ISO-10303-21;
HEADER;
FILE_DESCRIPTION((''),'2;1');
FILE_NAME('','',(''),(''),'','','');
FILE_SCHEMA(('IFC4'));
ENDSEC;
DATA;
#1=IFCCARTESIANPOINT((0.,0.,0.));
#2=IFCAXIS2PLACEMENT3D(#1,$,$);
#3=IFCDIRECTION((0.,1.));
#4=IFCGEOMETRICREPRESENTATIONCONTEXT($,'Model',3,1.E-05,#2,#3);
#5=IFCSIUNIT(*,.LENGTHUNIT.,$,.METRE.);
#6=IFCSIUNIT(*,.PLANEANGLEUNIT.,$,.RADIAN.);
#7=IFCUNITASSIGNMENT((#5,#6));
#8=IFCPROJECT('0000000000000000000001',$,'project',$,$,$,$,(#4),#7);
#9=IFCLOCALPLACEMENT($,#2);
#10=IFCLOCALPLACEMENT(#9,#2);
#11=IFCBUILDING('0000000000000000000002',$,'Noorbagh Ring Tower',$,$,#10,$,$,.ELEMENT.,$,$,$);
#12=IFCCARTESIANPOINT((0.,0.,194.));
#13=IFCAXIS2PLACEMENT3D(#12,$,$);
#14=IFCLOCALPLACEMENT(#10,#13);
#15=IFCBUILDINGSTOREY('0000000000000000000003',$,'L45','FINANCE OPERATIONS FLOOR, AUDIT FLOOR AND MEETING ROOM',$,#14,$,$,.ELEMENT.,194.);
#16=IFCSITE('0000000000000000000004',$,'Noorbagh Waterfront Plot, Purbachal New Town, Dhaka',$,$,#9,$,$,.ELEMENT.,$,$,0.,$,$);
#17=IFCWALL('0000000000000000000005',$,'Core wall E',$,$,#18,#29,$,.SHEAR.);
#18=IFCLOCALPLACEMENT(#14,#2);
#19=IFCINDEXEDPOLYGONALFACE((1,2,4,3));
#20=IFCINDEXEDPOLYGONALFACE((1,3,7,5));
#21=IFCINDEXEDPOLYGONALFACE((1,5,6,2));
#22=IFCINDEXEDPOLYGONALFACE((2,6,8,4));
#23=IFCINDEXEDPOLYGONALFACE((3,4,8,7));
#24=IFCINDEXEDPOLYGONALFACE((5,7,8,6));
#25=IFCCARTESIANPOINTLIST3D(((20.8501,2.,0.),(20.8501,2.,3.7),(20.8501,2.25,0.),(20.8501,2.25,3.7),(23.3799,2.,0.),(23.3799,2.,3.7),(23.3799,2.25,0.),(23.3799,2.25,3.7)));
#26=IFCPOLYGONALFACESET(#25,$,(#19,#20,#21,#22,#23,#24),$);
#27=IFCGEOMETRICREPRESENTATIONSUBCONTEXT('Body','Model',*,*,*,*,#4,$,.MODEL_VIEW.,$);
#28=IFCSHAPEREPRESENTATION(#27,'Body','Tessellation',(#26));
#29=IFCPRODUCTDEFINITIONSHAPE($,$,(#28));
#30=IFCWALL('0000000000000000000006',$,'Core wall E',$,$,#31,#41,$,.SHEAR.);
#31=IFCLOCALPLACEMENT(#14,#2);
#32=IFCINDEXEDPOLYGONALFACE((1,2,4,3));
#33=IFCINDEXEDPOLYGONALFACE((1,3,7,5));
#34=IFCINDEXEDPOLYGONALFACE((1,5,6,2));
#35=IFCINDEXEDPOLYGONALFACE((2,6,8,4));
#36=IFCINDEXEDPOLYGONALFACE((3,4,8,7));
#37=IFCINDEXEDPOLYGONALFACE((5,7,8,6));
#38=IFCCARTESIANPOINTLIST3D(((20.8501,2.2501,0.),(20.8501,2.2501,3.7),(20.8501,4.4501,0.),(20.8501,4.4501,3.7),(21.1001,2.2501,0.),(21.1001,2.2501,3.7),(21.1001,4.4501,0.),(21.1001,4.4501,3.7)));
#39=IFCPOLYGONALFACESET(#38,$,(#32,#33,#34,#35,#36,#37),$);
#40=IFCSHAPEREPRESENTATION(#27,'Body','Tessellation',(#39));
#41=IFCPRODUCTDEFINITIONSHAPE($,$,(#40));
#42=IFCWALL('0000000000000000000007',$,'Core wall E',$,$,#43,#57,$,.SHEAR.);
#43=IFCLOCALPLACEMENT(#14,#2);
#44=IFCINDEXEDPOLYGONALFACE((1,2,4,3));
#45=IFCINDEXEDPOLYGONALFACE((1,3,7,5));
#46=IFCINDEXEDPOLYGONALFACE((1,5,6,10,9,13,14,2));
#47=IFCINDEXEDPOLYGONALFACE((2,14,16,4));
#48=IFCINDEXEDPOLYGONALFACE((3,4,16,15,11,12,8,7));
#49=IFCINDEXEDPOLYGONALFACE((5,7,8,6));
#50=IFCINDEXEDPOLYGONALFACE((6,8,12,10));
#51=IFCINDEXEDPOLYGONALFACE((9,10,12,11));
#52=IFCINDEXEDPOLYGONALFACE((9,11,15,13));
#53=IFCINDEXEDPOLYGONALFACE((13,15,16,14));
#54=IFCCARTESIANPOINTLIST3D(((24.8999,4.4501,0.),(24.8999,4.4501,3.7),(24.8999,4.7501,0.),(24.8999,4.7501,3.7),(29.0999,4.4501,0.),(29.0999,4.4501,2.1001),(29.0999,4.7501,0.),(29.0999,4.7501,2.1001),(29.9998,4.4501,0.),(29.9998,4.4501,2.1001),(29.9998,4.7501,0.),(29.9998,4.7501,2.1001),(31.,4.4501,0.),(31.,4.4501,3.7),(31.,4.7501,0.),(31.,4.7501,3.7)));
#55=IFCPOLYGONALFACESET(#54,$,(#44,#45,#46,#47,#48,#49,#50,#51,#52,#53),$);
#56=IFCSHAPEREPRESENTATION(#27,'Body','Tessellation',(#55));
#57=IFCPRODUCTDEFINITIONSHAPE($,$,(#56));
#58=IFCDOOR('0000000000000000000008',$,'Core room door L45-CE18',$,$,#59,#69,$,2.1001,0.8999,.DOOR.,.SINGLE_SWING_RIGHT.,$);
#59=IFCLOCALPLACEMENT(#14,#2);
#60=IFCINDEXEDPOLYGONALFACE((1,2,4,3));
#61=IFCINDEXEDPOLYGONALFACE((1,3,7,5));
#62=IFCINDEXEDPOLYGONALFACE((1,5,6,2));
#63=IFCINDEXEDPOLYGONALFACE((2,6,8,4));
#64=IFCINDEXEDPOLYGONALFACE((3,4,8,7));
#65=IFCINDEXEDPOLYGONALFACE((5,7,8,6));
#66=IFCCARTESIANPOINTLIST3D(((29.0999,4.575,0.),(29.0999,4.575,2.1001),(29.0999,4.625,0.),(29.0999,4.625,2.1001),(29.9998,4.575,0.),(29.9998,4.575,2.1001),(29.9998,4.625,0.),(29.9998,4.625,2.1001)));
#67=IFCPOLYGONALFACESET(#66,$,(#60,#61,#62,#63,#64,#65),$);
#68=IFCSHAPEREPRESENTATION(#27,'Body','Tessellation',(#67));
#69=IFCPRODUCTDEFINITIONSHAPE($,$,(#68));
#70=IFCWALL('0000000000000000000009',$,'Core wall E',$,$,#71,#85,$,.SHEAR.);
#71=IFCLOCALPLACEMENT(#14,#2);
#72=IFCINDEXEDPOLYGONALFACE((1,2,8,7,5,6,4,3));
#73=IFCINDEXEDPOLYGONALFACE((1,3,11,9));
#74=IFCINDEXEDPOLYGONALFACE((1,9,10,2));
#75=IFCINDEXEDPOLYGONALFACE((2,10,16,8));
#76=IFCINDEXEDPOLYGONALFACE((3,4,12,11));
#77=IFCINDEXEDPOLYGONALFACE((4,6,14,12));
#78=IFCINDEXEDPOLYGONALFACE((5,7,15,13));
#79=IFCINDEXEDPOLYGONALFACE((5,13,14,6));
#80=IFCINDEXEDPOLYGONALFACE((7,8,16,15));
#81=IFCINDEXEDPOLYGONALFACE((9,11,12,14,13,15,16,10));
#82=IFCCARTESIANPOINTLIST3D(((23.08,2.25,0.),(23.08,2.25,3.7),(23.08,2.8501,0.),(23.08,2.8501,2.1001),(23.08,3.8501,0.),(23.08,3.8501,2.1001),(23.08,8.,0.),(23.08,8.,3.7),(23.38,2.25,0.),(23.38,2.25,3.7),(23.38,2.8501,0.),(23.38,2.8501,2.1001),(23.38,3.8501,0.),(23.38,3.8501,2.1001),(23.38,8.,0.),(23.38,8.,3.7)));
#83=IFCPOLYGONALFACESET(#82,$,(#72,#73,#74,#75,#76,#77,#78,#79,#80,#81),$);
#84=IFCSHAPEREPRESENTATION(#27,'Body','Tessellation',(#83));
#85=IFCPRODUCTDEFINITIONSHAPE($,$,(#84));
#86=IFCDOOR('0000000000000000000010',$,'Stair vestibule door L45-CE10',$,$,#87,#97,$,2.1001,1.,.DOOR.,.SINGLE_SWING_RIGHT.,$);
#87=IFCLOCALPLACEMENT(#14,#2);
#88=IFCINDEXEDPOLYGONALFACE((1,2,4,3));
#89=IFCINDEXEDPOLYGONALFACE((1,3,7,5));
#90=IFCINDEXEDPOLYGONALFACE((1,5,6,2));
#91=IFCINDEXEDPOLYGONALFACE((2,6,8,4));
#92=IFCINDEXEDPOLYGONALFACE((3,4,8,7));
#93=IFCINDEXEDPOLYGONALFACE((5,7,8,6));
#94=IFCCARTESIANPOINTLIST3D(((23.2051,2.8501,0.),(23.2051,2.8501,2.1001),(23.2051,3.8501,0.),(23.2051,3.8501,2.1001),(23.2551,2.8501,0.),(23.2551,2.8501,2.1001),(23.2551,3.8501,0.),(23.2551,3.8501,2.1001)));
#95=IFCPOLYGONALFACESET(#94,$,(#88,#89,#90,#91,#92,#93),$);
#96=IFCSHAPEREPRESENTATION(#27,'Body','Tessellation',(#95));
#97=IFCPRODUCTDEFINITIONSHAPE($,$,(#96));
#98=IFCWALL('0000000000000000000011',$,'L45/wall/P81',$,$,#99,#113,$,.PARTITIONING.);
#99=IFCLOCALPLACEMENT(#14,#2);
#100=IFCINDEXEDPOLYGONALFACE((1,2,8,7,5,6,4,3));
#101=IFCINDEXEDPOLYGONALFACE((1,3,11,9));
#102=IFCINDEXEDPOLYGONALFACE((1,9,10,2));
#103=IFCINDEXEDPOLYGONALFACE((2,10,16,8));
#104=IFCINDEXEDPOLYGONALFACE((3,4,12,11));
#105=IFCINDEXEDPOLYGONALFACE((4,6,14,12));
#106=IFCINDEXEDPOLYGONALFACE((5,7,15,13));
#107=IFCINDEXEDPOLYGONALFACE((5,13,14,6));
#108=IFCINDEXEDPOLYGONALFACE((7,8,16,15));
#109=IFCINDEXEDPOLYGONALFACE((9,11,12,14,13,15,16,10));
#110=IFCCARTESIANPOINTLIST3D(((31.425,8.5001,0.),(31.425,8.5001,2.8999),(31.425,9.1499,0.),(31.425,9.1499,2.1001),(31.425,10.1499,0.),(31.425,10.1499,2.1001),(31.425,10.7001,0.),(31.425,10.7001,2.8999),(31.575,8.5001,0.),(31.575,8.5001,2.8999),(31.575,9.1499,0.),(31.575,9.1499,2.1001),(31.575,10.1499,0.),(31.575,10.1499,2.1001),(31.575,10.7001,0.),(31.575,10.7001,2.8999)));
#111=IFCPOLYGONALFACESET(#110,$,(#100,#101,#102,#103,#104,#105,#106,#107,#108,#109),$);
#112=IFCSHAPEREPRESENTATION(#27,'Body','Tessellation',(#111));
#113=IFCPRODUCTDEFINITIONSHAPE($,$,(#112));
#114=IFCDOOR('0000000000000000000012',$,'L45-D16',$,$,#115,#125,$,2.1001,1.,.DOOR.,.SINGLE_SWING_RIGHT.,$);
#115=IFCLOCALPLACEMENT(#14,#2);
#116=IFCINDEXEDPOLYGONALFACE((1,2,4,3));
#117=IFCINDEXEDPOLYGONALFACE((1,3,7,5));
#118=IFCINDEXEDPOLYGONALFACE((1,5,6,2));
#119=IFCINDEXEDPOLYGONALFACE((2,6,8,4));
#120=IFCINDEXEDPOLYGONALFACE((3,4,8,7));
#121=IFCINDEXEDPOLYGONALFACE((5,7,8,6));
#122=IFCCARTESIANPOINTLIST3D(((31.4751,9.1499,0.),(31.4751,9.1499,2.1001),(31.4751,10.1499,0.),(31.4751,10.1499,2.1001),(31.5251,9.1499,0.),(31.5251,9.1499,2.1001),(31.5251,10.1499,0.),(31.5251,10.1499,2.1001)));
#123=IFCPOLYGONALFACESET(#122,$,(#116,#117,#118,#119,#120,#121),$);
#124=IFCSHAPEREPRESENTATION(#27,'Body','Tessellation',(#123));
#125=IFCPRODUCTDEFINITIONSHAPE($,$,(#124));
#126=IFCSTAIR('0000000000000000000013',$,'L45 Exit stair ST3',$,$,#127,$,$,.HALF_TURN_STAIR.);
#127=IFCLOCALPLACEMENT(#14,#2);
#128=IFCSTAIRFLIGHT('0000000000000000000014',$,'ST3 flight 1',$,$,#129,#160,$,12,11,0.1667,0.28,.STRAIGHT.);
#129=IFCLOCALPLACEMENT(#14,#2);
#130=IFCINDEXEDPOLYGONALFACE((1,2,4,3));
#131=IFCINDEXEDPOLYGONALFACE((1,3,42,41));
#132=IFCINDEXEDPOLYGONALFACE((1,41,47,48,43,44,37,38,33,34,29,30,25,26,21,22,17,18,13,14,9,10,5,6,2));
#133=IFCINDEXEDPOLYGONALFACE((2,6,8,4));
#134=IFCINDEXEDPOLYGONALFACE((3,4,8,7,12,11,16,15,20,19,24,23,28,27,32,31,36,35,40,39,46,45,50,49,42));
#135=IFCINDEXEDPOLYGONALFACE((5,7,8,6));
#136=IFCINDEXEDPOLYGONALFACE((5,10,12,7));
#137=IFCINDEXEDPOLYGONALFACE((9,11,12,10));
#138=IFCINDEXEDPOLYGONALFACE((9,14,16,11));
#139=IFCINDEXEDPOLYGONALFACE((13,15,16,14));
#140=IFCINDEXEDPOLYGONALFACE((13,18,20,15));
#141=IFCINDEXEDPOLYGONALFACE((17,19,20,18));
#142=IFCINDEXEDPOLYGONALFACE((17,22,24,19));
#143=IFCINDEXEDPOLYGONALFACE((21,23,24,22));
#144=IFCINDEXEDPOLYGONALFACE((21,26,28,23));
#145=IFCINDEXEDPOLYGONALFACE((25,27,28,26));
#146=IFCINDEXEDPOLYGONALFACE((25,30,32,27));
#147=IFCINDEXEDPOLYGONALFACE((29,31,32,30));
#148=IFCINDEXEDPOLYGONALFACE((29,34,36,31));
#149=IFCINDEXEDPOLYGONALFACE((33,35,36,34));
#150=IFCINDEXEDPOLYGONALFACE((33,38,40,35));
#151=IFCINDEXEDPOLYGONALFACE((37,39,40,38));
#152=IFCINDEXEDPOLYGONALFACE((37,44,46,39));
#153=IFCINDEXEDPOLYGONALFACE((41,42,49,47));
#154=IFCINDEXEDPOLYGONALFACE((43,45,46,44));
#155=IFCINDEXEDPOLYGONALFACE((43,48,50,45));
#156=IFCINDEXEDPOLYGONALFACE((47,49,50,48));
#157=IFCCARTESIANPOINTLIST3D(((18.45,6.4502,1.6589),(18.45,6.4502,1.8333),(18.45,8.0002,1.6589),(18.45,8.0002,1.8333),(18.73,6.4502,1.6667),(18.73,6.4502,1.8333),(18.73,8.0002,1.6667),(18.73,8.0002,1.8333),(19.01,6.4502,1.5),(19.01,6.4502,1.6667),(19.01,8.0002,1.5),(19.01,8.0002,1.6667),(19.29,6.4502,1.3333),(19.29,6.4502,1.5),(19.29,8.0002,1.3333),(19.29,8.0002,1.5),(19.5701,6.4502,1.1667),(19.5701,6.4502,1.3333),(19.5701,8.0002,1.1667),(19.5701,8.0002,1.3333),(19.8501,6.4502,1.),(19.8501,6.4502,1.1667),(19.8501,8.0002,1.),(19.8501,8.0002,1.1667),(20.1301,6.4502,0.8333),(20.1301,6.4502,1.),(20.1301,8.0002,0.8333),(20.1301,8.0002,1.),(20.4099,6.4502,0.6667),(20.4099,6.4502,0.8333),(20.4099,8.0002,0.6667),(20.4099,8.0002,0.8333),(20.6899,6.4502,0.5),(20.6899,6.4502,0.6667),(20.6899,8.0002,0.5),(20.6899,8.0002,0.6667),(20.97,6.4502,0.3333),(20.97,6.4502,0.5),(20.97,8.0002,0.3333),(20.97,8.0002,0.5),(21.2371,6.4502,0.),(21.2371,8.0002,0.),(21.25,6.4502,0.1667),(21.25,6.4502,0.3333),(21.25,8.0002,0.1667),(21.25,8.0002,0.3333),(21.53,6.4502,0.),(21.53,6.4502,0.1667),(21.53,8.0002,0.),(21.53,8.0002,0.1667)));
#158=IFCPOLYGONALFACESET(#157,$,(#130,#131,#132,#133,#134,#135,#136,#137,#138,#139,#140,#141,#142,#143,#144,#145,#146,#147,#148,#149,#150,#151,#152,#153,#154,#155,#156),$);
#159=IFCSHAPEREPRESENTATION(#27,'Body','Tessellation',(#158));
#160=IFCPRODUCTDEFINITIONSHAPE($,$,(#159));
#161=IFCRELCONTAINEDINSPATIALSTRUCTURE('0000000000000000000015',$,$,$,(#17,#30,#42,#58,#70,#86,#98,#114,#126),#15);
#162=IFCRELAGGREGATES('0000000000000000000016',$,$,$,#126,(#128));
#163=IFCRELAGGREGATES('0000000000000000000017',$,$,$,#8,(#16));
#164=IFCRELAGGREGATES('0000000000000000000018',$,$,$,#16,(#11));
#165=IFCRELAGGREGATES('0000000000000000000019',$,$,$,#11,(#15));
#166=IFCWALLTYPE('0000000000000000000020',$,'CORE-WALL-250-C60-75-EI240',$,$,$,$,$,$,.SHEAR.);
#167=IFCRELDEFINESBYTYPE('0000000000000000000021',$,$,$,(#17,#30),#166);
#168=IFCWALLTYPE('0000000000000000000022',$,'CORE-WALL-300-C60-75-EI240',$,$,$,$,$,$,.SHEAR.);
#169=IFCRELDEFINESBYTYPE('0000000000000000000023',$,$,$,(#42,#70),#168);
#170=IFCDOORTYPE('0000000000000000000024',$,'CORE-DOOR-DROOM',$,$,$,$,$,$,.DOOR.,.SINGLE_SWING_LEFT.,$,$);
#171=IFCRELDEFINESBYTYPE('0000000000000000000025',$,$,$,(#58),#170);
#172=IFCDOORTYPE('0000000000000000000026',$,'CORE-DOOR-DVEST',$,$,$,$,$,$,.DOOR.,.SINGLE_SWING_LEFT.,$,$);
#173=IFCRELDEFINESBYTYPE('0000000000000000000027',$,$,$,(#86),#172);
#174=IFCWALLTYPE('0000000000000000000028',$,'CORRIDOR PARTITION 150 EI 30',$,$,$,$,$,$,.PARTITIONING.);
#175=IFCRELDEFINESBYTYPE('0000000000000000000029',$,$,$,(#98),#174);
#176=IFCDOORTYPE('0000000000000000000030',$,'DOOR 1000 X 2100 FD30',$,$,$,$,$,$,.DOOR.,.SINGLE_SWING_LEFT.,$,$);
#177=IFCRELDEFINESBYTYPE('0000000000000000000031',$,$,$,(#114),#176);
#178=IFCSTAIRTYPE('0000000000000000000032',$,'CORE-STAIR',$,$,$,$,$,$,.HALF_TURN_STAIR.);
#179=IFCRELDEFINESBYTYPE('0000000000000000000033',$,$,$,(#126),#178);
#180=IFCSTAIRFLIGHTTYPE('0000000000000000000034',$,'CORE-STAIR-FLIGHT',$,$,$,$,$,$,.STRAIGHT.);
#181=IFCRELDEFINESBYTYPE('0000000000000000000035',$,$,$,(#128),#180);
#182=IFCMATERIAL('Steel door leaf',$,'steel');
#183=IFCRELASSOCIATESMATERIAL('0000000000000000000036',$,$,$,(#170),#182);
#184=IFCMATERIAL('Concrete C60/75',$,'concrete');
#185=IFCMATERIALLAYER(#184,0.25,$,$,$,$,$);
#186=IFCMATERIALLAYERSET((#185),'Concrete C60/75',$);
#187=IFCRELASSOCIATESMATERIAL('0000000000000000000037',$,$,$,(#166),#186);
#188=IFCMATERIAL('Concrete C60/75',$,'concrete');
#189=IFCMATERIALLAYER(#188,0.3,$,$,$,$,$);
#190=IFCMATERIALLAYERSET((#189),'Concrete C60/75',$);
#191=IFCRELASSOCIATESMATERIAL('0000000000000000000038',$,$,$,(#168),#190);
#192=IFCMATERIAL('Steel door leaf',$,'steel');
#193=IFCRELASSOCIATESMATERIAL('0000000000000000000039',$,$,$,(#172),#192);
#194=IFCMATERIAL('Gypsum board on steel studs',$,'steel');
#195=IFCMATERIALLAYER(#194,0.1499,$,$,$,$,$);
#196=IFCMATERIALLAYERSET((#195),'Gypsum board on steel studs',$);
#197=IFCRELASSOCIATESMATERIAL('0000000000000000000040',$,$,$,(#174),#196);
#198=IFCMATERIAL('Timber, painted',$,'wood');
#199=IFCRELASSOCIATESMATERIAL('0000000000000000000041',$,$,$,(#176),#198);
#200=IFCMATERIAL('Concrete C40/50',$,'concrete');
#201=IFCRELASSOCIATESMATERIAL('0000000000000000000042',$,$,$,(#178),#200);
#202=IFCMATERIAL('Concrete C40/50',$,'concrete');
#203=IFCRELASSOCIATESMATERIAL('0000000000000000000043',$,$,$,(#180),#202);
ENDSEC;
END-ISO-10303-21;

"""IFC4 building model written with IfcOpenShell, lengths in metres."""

from ifc_helpers import new_model, si_unit, direction, frame, frame_2d, origin, place, context, subcontext, project, spatial, polyline, rectangle, outline, extrude, material, layer, layer_set, type_object, element, fill, aggregate, save


model = new_model("IFC4")

# Units and contexts
model_context = context("Model", 3, precision=1e-05, world=origin(), true_north=direction((0.0, 1.0)))
body_context = subcontext(model_context, "Body", "Model", "MODEL_VIEW")
ifc_project = project(units=[si_unit("LENGTHUNIT", "METRE"), si_unit("PLANEANGLEUNIT", "RADIAN")], contexts=[model_context])

# Site, building, storey
site_placement = place(None, origin())
site = spatial("IfcSite", under=ifc_project, at=site_placement, Name="Noorbagh Waterfront Plot, Purbachal New Town, Dhaka", CompositionType="ELEMENT", RefElevation=0.0)
building_placement = place(site_placement, origin())
building = spatial("IfcBuilding", under=site, at=building_placement, Name="Noorbagh Ring Tower", CompositionType="ELEMENT")
storey_placement = place(building_placement, frame((0.0, 0.0, 194.0)))
storey = spatial("IfcBuildingStorey", under=building, at=storey_placement, Name="L45", Description="FINANCE OPERATIONS FLOOR, AUDIT FLOOR AND MEETING ROOM", CompositionType="ELEMENT", Elevation=194.0)

# Shared definitions
ifc_material_1 = material(Name="Steel door leaf", Category="steel")
door_type_1 = type_object("IfcDoorType", Name="CORE-DOOR-DROOM", OperationType="SINGLE_SWING_LEFT", PredefinedType="DOOR", material=ifc_material_1)

# Walls
ifc_material_2 = material(Name="Concrete C60/75", Category="concrete")
ifc_layer_1 = layer(ifc_material_2, 0.25)
ifc_layer_set_1 = layer_set([ifc_layer_1], Name="Concrete C60/75")
wall_type_1 = type_object("IfcWallType", Name="CORE-WALL-250-C60-75-EI240", PredefinedType="SHEAR", material=ifc_layer_set_1)
wall_1_placement = place(storey_placement, frame((20.8501, 2.125, 0.0), z_axis=(0.0, 0.0, 1.0), x_axis=(1.0, 0.0, 0.0)))
element("IfcWall", 1, at=wall_1_placement, inside=storey, type_object=wall_type_1, Name="Core wall E", PredefinedType="SHEAR", context=body_context, shape_type="SweptSolid", body=[
    extrude(rectangle(XDim=2.5298, YDim=0.25, at=frame_2d((1.2649, 0.0))), origin(), (0.0, 0.0, 1.0), 3.7),
])
wall_2_placement = place(storey_placement, frame((20.9751, 2.25, 0.0), z_axis=(0.0, 0.0, 1.0), x_axis=(0.0, 1.0, 0.0)))
element("IfcWall", 2, at=wall_2_placement, inside=storey, type_object=wall_type_1, Name="Core wall E", PredefinedType="SHEAR", context=body_context, shape_type="SweptSolid", body=[
    extrude(rectangle(XDim=2.2, YDim=0.25, at=frame_2d((1.1001, 0.0))), origin(), (0.0, 0.0, 1.0), 3.7),
])

# Walls, openings, doors
ifc_material_3 = material(Name="Concrete C60/75", Category="concrete")
ifc_layer_2 = layer(ifc_material_3, 0.3)
ifc_layer_set_2 = layer_set([ifc_layer_2], Name="Concrete C60/75")
wall_type_2 = type_object("IfcWallType", Name="CORE-WALL-300-C60-75-EI240", PredefinedType="SHEAR", material=ifc_layer_set_2)
wall_3_placement = place(storey_placement, frame((24.8999, 4.6001, 0.0), z_axis=(0.0, 0.0, 1.0), x_axis=(1.0, 0.0, 0.0)))
wall_3 = element("IfcWall", 3, at=wall_3_placement, inside=storey, type_object=wall_type_2, Name="Core wall E", PredefinedType="SHEAR", context=body_context, shape_type="SweptSolid", body=[
    extrude(rectangle(XDim=6.1001, YDim=0.3, at=frame_2d((3.05, 0.0))), origin(), (0.0, 0.0, 1.0), 3.7),
])
opening_1_placement = place(wall_3_placement, frame((4.2, 0.0, 0.0)))
opening_1 = element("IfcOpeningElement", 4, at=opening_1_placement, cuts=wall_3, PredefinedType="OPENING", context=body_context, shape_type="SweptSolid", body=[
    extrude(rectangle(XDim=0.8999, YDim=2.1001, at=frame_2d((0.45, 1.05))), frame((0.0, 0.1602, 0.0), z_axis=(0.0, -1.0, 0.0), x_axis=(1.0, 0.0, 0.0)), (0.0, 0.0, 1.0), 0.3201),
])
door_1_placement = place(opening_1_placement, origin())
door_1 = element("IfcDoor", 5, at=door_1_placement, inside=storey, type_object=door_type_1, Name="Core room door L45-CE18", OperationType="SINGLE_SWING_RIGHT", OverallHeight=2.1001, OverallWidth=0.8999, PredefinedType="DOOR", context=body_context, shape_type="SweptSolid", body=[
    extrude(rectangle(XDim=0.8999, YDim=2.1001, at=frame_2d((0.45, 1.05))), frame((0.0, 0.0249, 0.0), z_axis=(0.0, -1.0, 0.0), x_axis=(1.0, 0.0, 0.0)), (0.0, 0.0, 1.0), 0.05),
])
fill(opening_1, door_1)
wall_4_placement = place(storey_placement, frame((23.23, 2.25, 0.0), z_axis=(0.0, 0.0, 1.0), x_axis=(0.0, 1.0, 0.0)))
wall_4 = element("IfcWall", 6, at=wall_4_placement, inside=storey, type_object=wall_type_2, Name="Core wall E", PredefinedType="SHEAR", context=body_context, shape_type="SweptSolid", body=[
    extrude(rectangle(XDim=5.75, YDim=0.3, at=frame_2d((2.875, 0.0))), origin(), (0.0, 0.0, 1.0), 3.7),
])
opening_2_placement = place(wall_4_placement, frame((0.6001, 0.0, 0.0)))
opening_2 = element("IfcOpeningElement", 7, at=opening_2_placement, cuts=wall_4, PredefinedType="OPENING", context=body_context, shape_type="SweptSolid", body=[
    extrude(rectangle(XDim=1.0, YDim=2.1001, at=frame_2d((0.5, 1.05))), frame((0.0, 0.1602, 0.0), z_axis=(0.0, -1.0, 0.0), x_axis=(1.0, 0.0, 0.0)), (0.0, 0.0, 1.0), 0.3201),
])
ifc_material_4 = material(Name="Steel door leaf", Category="steel")
door_type_2 = type_object("IfcDoorType", Name="CORE-DOOR-DVEST", OperationType="SINGLE_SWING_LEFT", PredefinedType="DOOR", material=ifc_material_4)
door_2_placement = place(opening_2_placement, origin())
door_2 = element("IfcDoor", 8, at=door_2_placement, inside=storey, type_object=door_type_2, Name="Stair vestibule door L45-CE10", OperationType="SINGLE_SWING_RIGHT", OverallHeight=2.1001, OverallWidth=1.0, PredefinedType="DOOR", context=body_context, shape_type="SweptSolid", body=[
    extrude(rectangle(XDim=1.0, YDim=2.1001, at=frame_2d((0.5, 1.05))), frame((0.0, 0.0249, 0.0), z_axis=(0.0, -1.0, 0.0), x_axis=(1.0, 0.0, 0.0)), (0.0, 0.0, 1.0), 0.05),
])
fill(opening_2, door_2)
ifc_material_5 = material(Name="Gypsum board on steel studs", Category="steel")
ifc_layer_3 = layer(ifc_material_5, 0.1499)
ifc_layer_set_3 = layer_set([ifc_layer_3], Name="Gypsum board on steel studs")
wall_type_3 = type_object("IfcWallType", Name="CORRIDOR PARTITION 150 EI 30", PredefinedType="PARTITIONING", material=ifc_layer_set_3)
wall_5_placement = place(storey_placement, frame((31.5, 8.5, 0.0), z_axis=(0.0, 0.0, 1.0), x_axis=(0.0, 1.0, 0.0)))
wall_5 = element("IfcWall", 9, at=wall_5_placement, inside=storey, type_object=wall_type_3, Name="L45/wall/P81", PredefinedType="PARTITIONING", context=body_context, shape_type="SweptSolid", body=[
    extrude(rectangle(XDim=2.2, YDim=0.1499, at=frame_2d((1.1001, 0.0))), origin(), (0.0, 0.0, 1.0), 2.8999),
])
opening_3_placement = place(wall_5_placement, frame((0.6499, 0.0, 0.0)))
opening_3 = element("IfcOpeningElement", 10, at=opening_3_placement, cuts=wall_5, PredefinedType="OPENING", context=body_context, shape_type="SweptSolid", body=[
    extrude(rectangle(XDim=1.0, YDim=2.1001, at=frame_2d((0.5, 1.05))), frame((0.0, 0.085, 0.0), z_axis=(0.0, -1.0, 0.0), x_axis=(1.0, 0.0, 0.0)), (0.0, 0.0, 1.0), 0.1699),
])
ifc_material_6 = material(Name="Timber, painted", Category="wood")
door_type_3 = type_object("IfcDoorType", Name="DOOR 1000 X 2100 FD30", OperationType="SINGLE_SWING_LEFT", PredefinedType="DOOR", material=ifc_material_6)
door_3_placement = place(opening_3_placement, origin())
door_3 = element("IfcDoor", 11, at=door_3_placement, inside=storey, type_object=door_type_3, Name="L45-D16", OperationType="SINGLE_SWING_RIGHT", OverallHeight=2.1001, OverallWidth=1.0, PredefinedType="DOOR", context=body_context, shape_type="SweptSolid", body=[
    extrude(rectangle(XDim=1.0, YDim=2.1001, at=frame_2d((0.5, 1.05))), frame((0.0, 0.0249, 0.0), z_axis=(0.0, -1.0, 0.0), x_axis=(1.0, 0.0, 0.0)), (0.0, 0.0, 1.0), 0.05),
])
fill(opening_3, door_3)

# Stair, stair flight
ifc_material_7 = material(Name="Concrete C40/50", Category="concrete")
stair_type = type_object("IfcStairType", Name="CORE-STAIR", PredefinedType="HALF_TURN_STAIR", material=ifc_material_7)
stair_placement = place(storey_placement, origin())
stair = element("IfcStair", 12, at=stair_placement, inside=storey, type_object=stair_type, Name="L45 Exit stair ST3", PredefinedType="HALF_TURN_STAIR")
ifc_material_8 = material(Name="Concrete C40/50", Category="concrete")
stair_flight_type = type_object("IfcStairFlightType", Name="CORE-STAIR-FLIGHT", PredefinedType="STRAIGHT", material=ifc_material_8)
stair_flight_1_placement = place(storey_placement, frame((21.53, 7.2251, 0.0), z_axis=(0.0, 0.0, 1.0), x_axis=(-1.0, 0.0, 0.0)))
stair_flight_1 = element("IfcStairFlight", 13, at=stair_flight_1_placement, type_object=stair_flight_type, Name="ST3 flight 1", NumberOfRisers=12, NumberOfTreads=11, PredefinedType="STRAIGHT", RiserHeight=0.1667, TreadLength=0.28, context=body_context, shape_type="SweptSolid", body=[
    extrude(outline(polyline([(0.0, 0.0), (0.0, 0.1667), (0.28, 0.1667), (0.28, 0.3333), (0.5601, 0.3333), (0.5601, 0.5), (0.8401, 0.5), (0.8401, 0.6667), (1.1201, 0.6667), (1.1201, 0.8333), (1.3999, 0.8333), (1.3999, 1.0), (1.6799, 1.0), (1.6799, 1.1667), (1.96, 1.1667), (1.96, 1.3333), (2.24, 1.3333), (2.24, 1.5), (2.52, 1.5), (2.52, 1.6667), (2.8, 1.6667), (2.8, 1.8333), (3.0801, 1.8333), (3.0801, 2.0), (3.0801, 1.6589), (0.293, 0.0), (0.0, 0.0)])), frame((0.0, 0.7749, 0.0), z_axis=(0.0, -1.0, 0.0), x_axis=(1.0, 0.0, 0.0)), (0.0, 0.0, 1.0), 1.55),
])
aggregate(stair, [stair_flight_1])

save(model, "model.ifc")
